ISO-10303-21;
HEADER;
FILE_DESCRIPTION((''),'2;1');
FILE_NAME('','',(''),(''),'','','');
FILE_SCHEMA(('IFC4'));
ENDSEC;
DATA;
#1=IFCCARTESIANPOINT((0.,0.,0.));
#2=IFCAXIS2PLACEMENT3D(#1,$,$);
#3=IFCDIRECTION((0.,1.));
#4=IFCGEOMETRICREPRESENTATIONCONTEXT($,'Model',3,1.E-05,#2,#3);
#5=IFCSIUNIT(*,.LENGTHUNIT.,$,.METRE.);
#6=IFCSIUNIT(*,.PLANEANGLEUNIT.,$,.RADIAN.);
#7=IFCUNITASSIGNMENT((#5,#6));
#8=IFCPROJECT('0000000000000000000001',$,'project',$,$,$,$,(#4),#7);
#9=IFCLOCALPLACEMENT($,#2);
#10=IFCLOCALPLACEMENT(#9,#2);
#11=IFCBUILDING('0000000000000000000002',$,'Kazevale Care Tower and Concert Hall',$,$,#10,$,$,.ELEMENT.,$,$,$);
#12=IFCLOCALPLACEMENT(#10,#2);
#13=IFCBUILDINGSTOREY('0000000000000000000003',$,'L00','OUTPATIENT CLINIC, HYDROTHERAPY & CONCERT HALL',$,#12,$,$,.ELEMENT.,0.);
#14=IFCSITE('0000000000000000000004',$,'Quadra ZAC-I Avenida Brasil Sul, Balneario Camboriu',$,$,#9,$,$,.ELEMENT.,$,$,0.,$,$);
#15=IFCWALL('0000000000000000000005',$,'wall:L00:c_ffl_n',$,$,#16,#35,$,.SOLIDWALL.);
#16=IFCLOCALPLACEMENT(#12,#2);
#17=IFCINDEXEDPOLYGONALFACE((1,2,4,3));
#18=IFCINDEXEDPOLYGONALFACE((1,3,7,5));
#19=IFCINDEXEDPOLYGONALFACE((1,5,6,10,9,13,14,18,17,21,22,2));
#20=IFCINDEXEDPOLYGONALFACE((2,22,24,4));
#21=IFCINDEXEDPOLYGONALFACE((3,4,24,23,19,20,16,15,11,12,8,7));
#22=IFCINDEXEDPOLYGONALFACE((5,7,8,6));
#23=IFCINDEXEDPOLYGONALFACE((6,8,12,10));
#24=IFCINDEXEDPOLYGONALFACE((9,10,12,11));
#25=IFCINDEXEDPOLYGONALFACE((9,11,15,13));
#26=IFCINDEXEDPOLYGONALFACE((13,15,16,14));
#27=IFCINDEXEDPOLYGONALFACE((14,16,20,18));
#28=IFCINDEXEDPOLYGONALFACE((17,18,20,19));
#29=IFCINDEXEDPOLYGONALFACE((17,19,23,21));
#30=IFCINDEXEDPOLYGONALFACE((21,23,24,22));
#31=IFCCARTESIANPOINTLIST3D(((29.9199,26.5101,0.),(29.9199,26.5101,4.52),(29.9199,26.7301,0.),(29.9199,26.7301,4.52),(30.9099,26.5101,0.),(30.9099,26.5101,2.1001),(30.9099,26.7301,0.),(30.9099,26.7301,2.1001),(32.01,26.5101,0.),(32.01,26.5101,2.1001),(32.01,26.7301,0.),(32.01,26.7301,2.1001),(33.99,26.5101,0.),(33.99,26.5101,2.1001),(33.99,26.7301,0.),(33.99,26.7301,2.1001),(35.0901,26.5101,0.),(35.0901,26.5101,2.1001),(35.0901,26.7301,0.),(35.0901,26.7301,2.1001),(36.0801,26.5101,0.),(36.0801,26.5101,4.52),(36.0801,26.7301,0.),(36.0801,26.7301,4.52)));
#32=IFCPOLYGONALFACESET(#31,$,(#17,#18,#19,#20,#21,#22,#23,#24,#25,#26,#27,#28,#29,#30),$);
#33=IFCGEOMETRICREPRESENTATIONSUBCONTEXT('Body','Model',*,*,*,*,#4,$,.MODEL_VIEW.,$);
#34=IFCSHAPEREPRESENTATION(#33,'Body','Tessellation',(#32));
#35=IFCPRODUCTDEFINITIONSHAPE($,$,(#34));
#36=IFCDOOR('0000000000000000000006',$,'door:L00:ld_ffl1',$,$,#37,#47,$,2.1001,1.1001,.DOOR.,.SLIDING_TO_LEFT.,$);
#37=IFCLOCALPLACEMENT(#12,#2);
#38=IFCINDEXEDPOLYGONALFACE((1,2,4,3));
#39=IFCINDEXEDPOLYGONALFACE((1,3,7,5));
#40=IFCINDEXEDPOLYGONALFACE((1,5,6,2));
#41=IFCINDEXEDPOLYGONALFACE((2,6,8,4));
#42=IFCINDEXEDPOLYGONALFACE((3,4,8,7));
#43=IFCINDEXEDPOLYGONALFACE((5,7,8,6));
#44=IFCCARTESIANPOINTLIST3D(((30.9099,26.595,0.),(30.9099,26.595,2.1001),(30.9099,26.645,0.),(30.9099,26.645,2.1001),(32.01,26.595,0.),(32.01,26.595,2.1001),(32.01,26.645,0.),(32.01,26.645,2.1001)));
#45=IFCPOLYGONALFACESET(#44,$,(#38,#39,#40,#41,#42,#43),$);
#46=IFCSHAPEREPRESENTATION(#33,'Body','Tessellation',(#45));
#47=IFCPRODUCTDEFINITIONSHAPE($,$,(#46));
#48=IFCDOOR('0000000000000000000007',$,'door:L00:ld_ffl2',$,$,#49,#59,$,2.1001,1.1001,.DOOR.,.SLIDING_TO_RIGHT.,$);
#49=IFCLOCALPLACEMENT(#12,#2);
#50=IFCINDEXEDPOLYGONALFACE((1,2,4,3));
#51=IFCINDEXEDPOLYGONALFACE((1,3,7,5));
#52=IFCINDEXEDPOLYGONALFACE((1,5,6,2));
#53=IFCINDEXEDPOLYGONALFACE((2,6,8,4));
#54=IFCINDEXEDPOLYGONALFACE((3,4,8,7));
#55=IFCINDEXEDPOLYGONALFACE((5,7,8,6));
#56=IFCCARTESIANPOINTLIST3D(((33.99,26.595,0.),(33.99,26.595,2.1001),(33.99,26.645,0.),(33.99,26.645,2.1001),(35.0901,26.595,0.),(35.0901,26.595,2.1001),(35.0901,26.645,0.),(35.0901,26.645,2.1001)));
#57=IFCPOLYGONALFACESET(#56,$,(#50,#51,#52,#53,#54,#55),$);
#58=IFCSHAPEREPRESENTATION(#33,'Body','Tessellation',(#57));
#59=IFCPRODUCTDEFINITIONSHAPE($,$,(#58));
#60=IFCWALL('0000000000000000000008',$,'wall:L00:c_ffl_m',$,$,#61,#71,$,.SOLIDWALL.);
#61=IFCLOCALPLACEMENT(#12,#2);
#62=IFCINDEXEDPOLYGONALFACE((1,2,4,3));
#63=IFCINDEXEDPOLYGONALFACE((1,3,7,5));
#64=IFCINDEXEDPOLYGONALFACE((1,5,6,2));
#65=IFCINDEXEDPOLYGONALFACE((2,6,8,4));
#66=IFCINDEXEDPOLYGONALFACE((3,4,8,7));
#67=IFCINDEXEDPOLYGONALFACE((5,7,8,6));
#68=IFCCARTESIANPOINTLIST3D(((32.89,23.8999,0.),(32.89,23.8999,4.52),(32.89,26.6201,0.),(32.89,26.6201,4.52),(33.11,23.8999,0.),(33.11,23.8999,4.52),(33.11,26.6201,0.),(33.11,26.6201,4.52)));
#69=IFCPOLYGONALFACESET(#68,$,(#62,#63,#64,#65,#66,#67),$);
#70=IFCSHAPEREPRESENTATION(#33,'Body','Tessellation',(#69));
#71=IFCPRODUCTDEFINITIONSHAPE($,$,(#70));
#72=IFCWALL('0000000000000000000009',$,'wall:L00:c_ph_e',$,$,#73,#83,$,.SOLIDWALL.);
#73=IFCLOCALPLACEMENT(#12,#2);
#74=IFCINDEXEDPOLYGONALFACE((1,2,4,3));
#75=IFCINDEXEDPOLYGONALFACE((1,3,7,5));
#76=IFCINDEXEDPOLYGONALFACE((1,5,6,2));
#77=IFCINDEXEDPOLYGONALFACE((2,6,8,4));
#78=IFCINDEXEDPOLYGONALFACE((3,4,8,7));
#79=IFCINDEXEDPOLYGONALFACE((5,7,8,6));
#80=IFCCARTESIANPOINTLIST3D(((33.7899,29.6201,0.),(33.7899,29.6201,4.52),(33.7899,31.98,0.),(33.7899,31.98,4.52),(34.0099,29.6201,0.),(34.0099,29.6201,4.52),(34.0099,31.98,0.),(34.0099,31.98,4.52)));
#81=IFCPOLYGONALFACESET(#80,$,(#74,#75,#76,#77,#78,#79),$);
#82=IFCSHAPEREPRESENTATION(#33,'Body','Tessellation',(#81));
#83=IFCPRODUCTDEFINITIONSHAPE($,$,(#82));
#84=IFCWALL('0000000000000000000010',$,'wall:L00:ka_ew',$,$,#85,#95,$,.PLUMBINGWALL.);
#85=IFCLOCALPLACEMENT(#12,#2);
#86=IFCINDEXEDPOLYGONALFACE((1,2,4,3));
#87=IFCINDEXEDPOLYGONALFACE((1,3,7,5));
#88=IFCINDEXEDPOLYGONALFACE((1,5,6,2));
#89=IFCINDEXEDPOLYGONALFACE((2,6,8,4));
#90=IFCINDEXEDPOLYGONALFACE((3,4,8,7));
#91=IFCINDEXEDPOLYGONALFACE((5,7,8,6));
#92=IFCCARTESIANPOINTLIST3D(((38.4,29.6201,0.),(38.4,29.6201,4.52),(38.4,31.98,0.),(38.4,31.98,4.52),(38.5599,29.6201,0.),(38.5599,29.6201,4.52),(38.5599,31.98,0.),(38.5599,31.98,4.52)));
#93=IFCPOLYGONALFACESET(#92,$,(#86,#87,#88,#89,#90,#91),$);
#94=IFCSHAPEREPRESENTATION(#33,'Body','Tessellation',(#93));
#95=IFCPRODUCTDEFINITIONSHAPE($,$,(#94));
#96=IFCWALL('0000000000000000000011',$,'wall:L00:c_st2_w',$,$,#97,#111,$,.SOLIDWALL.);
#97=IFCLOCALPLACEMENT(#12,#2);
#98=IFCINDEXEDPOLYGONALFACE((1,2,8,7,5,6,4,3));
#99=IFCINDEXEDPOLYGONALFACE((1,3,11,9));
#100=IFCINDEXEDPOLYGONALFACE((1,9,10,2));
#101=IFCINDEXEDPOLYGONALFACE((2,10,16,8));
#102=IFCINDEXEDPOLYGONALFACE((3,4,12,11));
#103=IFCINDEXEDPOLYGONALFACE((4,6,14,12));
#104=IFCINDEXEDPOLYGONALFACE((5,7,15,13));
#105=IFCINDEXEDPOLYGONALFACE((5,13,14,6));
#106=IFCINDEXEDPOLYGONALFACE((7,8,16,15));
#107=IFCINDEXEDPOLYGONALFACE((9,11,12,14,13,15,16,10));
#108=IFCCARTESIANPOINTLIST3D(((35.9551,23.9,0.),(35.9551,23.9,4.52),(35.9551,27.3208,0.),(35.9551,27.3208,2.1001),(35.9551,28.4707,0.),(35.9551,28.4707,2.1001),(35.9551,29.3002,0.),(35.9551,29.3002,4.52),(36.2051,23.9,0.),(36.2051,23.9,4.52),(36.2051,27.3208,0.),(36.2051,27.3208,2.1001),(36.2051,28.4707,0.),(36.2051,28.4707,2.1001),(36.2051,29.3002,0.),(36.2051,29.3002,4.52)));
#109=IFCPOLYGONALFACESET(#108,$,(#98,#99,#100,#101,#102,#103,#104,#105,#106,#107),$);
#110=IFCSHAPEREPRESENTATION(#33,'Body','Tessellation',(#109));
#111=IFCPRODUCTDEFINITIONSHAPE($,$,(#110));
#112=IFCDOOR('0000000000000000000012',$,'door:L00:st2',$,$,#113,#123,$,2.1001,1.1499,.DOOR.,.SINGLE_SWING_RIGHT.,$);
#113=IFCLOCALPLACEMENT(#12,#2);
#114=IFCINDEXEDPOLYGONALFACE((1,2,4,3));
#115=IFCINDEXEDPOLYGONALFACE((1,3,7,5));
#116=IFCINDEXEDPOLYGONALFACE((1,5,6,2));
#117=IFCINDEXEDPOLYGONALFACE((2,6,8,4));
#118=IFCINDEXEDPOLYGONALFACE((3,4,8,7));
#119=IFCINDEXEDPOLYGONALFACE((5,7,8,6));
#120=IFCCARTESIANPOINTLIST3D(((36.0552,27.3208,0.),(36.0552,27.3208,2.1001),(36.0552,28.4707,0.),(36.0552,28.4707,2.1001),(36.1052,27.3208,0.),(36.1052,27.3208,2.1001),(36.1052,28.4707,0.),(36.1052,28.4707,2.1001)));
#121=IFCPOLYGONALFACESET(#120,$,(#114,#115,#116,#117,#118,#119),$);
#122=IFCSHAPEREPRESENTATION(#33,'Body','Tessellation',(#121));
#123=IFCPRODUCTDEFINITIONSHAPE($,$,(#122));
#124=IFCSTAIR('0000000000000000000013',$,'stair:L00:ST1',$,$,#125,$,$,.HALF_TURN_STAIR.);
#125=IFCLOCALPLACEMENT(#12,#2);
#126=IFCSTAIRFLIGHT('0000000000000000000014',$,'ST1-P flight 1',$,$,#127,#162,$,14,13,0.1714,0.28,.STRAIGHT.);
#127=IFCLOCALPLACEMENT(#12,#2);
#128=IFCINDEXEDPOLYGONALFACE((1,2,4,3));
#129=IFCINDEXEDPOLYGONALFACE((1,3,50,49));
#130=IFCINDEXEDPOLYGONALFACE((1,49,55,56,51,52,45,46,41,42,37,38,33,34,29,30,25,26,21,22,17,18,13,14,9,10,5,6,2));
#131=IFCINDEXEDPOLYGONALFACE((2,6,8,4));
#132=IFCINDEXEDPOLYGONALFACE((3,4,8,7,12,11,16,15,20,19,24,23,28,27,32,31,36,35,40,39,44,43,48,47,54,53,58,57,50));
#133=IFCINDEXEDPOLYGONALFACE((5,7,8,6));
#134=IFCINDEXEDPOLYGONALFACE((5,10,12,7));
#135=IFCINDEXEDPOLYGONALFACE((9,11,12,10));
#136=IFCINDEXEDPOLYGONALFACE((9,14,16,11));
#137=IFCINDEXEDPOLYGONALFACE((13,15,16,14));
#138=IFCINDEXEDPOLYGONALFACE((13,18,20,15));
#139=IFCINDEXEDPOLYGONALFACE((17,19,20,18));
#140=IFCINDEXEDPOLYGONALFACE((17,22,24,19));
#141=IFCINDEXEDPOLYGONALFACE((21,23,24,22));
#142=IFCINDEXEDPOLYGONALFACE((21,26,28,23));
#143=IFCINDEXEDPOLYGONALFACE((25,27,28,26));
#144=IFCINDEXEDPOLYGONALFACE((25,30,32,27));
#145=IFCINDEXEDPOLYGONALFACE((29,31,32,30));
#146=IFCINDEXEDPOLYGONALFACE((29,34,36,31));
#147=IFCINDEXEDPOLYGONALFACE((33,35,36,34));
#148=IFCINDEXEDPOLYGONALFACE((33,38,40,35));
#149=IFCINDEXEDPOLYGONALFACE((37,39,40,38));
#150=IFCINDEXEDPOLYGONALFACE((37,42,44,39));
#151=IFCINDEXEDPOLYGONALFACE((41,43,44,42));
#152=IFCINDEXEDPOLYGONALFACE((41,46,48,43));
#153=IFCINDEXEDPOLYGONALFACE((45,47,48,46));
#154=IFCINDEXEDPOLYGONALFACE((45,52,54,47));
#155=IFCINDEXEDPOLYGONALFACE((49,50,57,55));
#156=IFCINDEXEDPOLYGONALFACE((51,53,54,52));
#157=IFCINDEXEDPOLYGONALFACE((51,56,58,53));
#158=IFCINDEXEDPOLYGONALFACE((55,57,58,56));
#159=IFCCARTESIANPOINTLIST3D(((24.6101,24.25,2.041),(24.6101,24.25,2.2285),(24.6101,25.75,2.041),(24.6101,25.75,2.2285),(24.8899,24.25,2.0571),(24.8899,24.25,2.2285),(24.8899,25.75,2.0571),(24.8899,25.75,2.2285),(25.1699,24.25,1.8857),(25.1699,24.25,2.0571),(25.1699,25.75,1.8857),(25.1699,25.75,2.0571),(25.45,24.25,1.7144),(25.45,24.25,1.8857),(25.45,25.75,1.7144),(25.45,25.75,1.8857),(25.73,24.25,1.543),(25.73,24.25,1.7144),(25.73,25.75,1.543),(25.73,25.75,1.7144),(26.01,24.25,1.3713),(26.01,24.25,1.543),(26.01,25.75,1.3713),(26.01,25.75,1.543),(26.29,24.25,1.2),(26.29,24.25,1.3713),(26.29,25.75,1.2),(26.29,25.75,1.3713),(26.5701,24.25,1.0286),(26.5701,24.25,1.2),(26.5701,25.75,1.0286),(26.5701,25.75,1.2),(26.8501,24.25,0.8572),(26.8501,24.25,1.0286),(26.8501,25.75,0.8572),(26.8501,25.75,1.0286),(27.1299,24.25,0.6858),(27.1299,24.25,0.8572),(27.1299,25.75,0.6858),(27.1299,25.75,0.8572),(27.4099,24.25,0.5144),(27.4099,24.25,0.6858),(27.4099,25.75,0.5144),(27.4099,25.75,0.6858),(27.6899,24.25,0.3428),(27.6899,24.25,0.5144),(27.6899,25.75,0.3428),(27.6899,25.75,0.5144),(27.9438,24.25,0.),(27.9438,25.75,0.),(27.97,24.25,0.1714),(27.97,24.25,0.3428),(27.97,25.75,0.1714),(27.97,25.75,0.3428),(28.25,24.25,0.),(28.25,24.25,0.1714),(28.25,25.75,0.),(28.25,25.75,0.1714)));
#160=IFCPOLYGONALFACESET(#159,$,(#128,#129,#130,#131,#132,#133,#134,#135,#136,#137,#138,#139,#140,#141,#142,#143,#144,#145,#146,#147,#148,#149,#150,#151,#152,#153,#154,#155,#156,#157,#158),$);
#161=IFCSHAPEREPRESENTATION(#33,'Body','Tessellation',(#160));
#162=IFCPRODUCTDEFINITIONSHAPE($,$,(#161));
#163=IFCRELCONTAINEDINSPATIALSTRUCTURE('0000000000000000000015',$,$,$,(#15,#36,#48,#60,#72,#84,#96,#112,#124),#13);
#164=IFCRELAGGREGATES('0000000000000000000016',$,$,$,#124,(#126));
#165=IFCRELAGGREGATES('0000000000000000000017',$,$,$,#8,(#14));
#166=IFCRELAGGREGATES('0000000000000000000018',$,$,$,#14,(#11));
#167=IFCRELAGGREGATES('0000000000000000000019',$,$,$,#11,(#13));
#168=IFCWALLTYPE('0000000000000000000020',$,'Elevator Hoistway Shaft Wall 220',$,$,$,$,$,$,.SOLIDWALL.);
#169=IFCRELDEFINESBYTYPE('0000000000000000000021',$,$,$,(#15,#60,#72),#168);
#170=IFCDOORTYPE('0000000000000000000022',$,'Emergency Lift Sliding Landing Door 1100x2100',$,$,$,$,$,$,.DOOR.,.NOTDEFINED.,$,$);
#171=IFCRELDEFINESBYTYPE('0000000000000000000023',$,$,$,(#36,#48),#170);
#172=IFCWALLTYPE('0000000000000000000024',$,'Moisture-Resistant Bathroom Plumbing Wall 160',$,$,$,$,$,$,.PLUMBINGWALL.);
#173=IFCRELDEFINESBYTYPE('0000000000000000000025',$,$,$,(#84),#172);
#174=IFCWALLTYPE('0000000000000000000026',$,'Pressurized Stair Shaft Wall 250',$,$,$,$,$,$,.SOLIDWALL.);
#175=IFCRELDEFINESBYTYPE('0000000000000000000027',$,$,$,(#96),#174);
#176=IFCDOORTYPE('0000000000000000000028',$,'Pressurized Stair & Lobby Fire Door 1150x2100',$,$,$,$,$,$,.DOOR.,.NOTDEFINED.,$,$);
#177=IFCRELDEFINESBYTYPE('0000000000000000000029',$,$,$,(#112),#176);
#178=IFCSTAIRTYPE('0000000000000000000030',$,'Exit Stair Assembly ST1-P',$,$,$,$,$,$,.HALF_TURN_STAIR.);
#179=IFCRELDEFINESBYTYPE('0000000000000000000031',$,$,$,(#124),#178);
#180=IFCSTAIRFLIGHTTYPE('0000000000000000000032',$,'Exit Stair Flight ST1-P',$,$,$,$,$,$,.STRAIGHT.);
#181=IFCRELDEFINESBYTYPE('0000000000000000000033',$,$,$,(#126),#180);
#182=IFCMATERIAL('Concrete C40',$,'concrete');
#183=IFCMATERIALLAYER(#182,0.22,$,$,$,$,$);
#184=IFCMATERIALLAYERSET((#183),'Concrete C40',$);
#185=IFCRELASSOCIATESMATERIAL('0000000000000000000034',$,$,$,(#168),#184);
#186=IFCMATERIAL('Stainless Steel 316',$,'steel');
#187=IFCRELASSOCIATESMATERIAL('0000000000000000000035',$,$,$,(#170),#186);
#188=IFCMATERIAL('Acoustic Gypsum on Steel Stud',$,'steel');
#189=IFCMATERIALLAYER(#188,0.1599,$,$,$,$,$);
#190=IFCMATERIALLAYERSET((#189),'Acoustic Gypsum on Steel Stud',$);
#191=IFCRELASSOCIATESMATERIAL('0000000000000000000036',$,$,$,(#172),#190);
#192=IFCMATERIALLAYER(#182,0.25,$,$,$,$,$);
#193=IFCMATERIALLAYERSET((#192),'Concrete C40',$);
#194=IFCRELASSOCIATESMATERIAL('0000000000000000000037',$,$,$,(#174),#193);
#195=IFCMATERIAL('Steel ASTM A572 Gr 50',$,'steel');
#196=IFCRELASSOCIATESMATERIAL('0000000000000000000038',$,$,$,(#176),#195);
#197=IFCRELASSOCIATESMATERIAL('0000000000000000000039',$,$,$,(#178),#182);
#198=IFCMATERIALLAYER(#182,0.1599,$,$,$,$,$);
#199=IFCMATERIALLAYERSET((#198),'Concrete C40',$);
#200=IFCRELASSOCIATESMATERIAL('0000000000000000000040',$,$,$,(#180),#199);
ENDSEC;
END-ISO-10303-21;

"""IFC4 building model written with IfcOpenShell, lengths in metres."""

from ifc_helpers import new_model, si_unit, direction, frame, frame_2d, origin, place, context, subcontext, project, spatial, polyline, rectangle, outline, extrude, material, layer, layer_set, type_object, element, fill, aggregate, save


model = new_model("IFC4")

# Units and contexts
model_context = context("Model", 3, precision=1e-05, world=origin(), true_north=direction((0.0, 1.0)))
body_context = subcontext(model_context, "Body", "Model", "MODEL_VIEW")
ifc_project = project(units=[si_unit("LENGTHUNIT", "METRE"), si_unit("PLANEANGLEUNIT", "RADIAN")], contexts=[model_context])

# Site, building, storey
site_placement = place(None, origin())
site = spatial("IfcSite", under=ifc_project, at=site_placement, Name="Quadra ZAC-I Avenida Brasil Sul, Balneario Camboriu", CompositionType="ELEMENT", RefElevation=0.0)
building_placement = place(site_placement, origin())
building = spatial("IfcBuilding", under=site, at=building_placement, Name="Kazevale Care Tower and Concert Hall", CompositionType="ELEMENT")
storey_placement = place(building_placement, origin())
storey = spatial("IfcBuildingStorey", under=building, at=storey_placement, Name="L00", Description="OUTPATIENT CLINIC, HYDROTHERAPY & CONCERT HALL", CompositionType="ELEMENT", Elevation=0.0)

# Wall, openings, doors
ifc_material_1 = material(Name="Concrete C40", Category="concrete")
ifc_layer_1 = layer(ifc_material_1, 0.22)
ifc_layer_set_1 = layer_set([ifc_layer_1], Name="Concrete C40")
wall_type_1 = type_object("IfcWallType", Name="Elevator Hoistway Shaft Wall 220", PredefinedType="SOLIDWALL", material=ifc_layer_set_1)
wall_1_placement = place(storey_placement, frame((29.9199, 26.6201, 0.0), z_axis=(0.0, 0.0, 1.0), x_axis=(1.0, 0.0, 0.0)))
wall_1 = element("IfcWall", 1, at=wall_1_placement, inside=storey, type_object=wall_type_1, Name="wall:L00:c_ffl_n", PredefinedType="SOLIDWALL", context=body_context, shape_type="SweptSolid", body=[
    extrude(rectangle(XDim=6.1602, YDim=0.22, at=frame_2d((3.0801, 0.0))), origin(), (0.0, 0.0, 1.0), 4.52),
])
opening_1_placement = place(wall_1_placement, frame((0.99, 0.0, 0.0)))
opening_1 = element("IfcOpeningElement", 2, at=opening_1_placement, cuts=wall_1, PredefinedType="OPENING", context=body_context, shape_type="SweptSolid", body=[
    extrude(rectangle(XDim=1.1001, YDim=2.1001, at=frame_2d((0.55, 1.05))), frame((0.0, 0.1199, 0.0), z_axis=(0.0, -1.0, 0.0), x_axis=(1.0, 0.0, 0.0)), (0.0, 0.0, 1.0), 0.24),
])
opening_2_placement = place(wall_1_placement, frame((4.0701, 0.0, 0.0)))
opening_2 = element("IfcOpeningElement", 3, at=opening_2_placement, cuts=wall_1, PredefinedType="OPENING", context=body_context, shape_type="SweptSolid", body=[
    extrude(rectangle(XDim=1.1001, YDim=2.1001, at=frame_2d((0.55, 1.05))), frame((0.0, 0.1199, 0.0), z_axis=(0.0, -1.0, 0.0), x_axis=(1.0, 0.0, 0.0)), (0.0, 0.0, 1.0), 0.24),
])
ifc_material_2 = material(Name="Stainless Steel 316", Category="steel")
door_type_1 = type_object("IfcDoorType", Name="Emergency Lift Sliding Landing Door 1100x2100", OperationType="NOTDEFINED", PredefinedType="DOOR", material=ifc_material_2)
door_1_placement = place(opening_1_placement, origin())
door_1 = element("IfcDoor", 4, at=door_1_placement, inside=storey, type_object=door_type_1, Name="door:L00:ld_ffl1", OperationType="SLIDING_TO_LEFT", OverallHeight=2.1001, OverallWidth=1.1001, PredefinedType="DOOR", context=body_context, shape_type="SweptSolid", body=[
    extrude(rectangle(XDim=1.1001, YDim=2.1001, at=frame_2d((0.55, 1.05))), frame((0.0, 0.0249, 0.0), z_axis=(0.0, -1.0, 0.0), x_axis=(1.0, 0.0, 0.0)), (0.0, 0.0, 1.0), 0.05),
])
fill(opening_1, door_1)
door_2_placement = place(opening_2_placement, origin())
door_2 = element("IfcDoor", 5, at=door_2_placement, inside=storey, type_object=door_type_1, Name="door:L00:ld_ffl2", OperationType="SLIDING_TO_RIGHT", OverallHeight=2.1001, OverallWidth=1.1001, PredefinedType="DOOR", context=body_context, shape_type="SweptSolid", body=[
    extrude(rectangle(XDim=1.1001, YDim=2.1001, at=frame_2d((0.55, 1.05))), frame((0.0, 0.0249, 0.0), z_axis=(0.0, -1.0, 0.0), x_axis=(1.0, 0.0, 0.0)), (0.0, 0.0, 1.0), 0.05),
])
fill(opening_2, door_2)

# Walls
wall_2_placement = place(storey_placement, frame((33.0, 23.8999, 0.0), z_axis=(0.0, 0.0, 1.0), x_axis=(0.0, 1.0, 0.0)))
element("IfcWall", 6, at=wall_2_placement, inside=storey, type_object=wall_type_1, Name="wall:L00:c_ffl_m", PredefinedType="SOLIDWALL", context=body_context, shape_type="SweptSolid", body=[
    extrude(rectangle(XDim=2.7202, YDim=0.22, at=frame_2d((1.3601, 0.0))), origin(), (0.0, 0.0, 1.0), 4.52),
])
wall_3_placement = place(storey_placement, frame((33.8999, 29.6201, 0.0), z_axis=(0.0, 0.0, 1.0), x_axis=(0.0, 1.0, 0.0)))
element("IfcWall", 7, at=wall_3_placement, inside=storey, type_object=wall_type_1, Name="wall:L00:c_ph_e", PredefinedType="SOLIDWALL", context=body_context, shape_type="SweptSolid", body=[
    extrude(rectangle(XDim=2.3599, YDim=0.22, at=frame_2d((1.1799, 0.0))), origin(), (0.0, 0.0, 1.0), 4.52),
])
ifc_material_3 = material(Name="Acoustic Gypsum on Steel Stud", Category="steel")
ifc_layer_2 = layer(ifc_material_3, 0.1599)
ifc_layer_set_2 = layer_set([ifc_layer_2], Name="Acoustic Gypsum on Steel Stud")
wall_type_2 = type_object("IfcWallType", Name="Moisture-Resistant Bathroom Plumbing Wall 160", PredefinedType="PLUMBINGWALL", material=ifc_layer_set_2)
wall_4_placement = place(storey_placement, frame((38.48, 29.6201, 0.0), z_axis=(0.0, 0.0, 1.0), x_axis=(0.0, 1.0, 0.0)))
element("IfcWall", 8, at=wall_4_placement, inside=storey, type_object=wall_type_2, Name="wall:L00:ka_ew", PredefinedType="PLUMBINGWALL", context=body_context, shape_type="SweptSolid", body=[
    extrude(rectangle(XDim=2.3599, YDim=0.1599, at=frame_2d((1.1799, 0.0))), origin(), (0.0, 0.0, 1.0), 4.52),
])

# Wall, opening, door
ifc_layer_3 = layer(ifc_material_1, 0.25)
ifc_layer_set_3 = layer_set([ifc_layer_3], Name="Concrete C40")
wall_type_3 = type_object("IfcWallType", Name="Pressurized Stair Shaft Wall 250", PredefinedType="SOLIDWALL", material=ifc_layer_set_3)
wall_5_placement = place(storey_placement, frame((36.0801, 23.8999, 0.0), z_axis=(0.0, 0.0, 1.0), x_axis=(0.0, 1.0, 0.0)))
wall_5 = element("IfcWall", 9, at=wall_5_placement, inside=storey, type_object=wall_type_3, Name="wall:L00:c_st2_w", PredefinedType="SOLIDWALL", context=body_context, shape_type="SweptSolid", body=[
    extrude(rectangle(XDim=5.4001, YDim=0.25, at=frame_2d((2.7002, 0.0))), origin(), (0.0, 0.0, 1.0), 4.52),
])
opening_3_placement = place(wall_5_placement, frame((3.4209, 0.0, 0.0)))
opening_3 = element("IfcOpeningElement", 10, at=opening_3_placement, cuts=wall_5, PredefinedType="OPENING", context=body_context, shape_type="SweptSolid", body=[
    extrude(rectangle(XDim=1.1499, YDim=2.1001, at=frame_2d((0.575, 1.05))), frame((0.0, 0.135, 0.0), z_axis=(0.0, -1.0, 0.0), x_axis=(1.0, 0.0, 0.0)), (0.0, 0.0, 1.0), 0.27),
])
ifc_material_4 = material(Name="Steel ASTM A572 Gr 50", Category="steel")
door_type_2 = type_object("IfcDoorType", Name="Pressurized Stair & Lobby Fire Door 1150x2100", OperationType="NOTDEFINED", PredefinedType="DOOR", material=ifc_material_4)
door_3_placement = place(opening_3_placement, origin())
door_3 = element("IfcDoor", 11, at=door_3_placement, inside=storey, type_object=door_type_2, Name="door:L00:st2", OperationType="SINGLE_SWING_RIGHT", OverallHeight=2.1001, OverallWidth=1.1499, PredefinedType="DOOR", context=body_context, shape_type="SweptSolid", body=[
    extrude(rectangle(XDim=1.1499, YDim=2.1001, at=frame_2d((0.575, 1.05))), frame((0.0, 0.0249, 0.0), z_axis=(0.0, -1.0, 0.0), x_axis=(1.0, 0.0, 0.0)), (0.0, 0.0, 1.0), 0.05),
])
fill(opening_3, door_3)

# Stair, stair flight
stair_type = type_object("IfcStairType", Name="Exit Stair Assembly ST1-P", PredefinedType="HALF_TURN_STAIR", material=ifc_material_1)
stair_1_placement = place(storey_placement, origin())
stair_1 = element("IfcStair", 12, at=stair_1_placement, inside=storey, type_object=stair_type, Name="stair:L00:ST1", PredefinedType="HALF_TURN_STAIR")
ifc_layer_4 = layer(ifc_material_1, 0.1599)
ifc_layer_set_4 = layer_set([ifc_layer_4], Name="Concrete C40")
stair_flight_type = type_object("IfcStairFlightType", Name="Exit Stair Flight ST1-P", PredefinedType="STRAIGHT", material=ifc_layer_set_4)
stair_flight_1_placement = place(storey_placement, frame((28.25, 25.0, 0.0), z_axis=(0.0, 0.0, 1.0), x_axis=(-1.0, 0.0, 0.0)))
stair_flight_1 = element("IfcStairFlight", 13, at=stair_flight_1_placement, type_object=stair_flight_type, Name="ST1-P flight 1", NumberOfRisers=14, NumberOfTreads=13, PredefinedType="STRAIGHT", RiserHeight=0.1714, TreadLength=0.28, context=body_context, shape_type="SweptSolid", body=[
    extrude(outline(polyline([(0.0, 0.0), (0.0, 0.1714), (0.28, 0.1714), (0.28, 0.3428), (0.5601, 0.3428), (0.5601, 0.5144), (0.8401, 0.5144), (0.8401, 0.6858), (1.1201, 0.6858), (1.1201, 0.8572), (1.3999, 0.8572), (1.3999, 1.0286), (1.6799, 1.0286), (1.6799, 1.2), (1.96, 1.2), (1.96, 1.3713), (2.24, 1.3713), (2.24, 1.543), (2.52, 1.543), (2.52, 1.7144), (2.8, 1.7144), (2.8, 1.8857), (3.0801, 1.8857), (3.0801, 2.0571), (3.3601, 2.0571), (3.3601, 2.2285), (3.6399, 2.2285), (3.6399, 2.3999), (3.6399, 2.041), (0.3062, 0.0), (0.0, 0.0)])), frame((0.0, 0.75, 0.0), z_axis=(0.0, -1.0, 0.0), x_axis=(1.0, 0.0, 0.0)), (0.0, 0.0, 1.0), 1.5),
])
aggregate(stair_1, [stair_flight_1])

save(model, "model.ifc")
